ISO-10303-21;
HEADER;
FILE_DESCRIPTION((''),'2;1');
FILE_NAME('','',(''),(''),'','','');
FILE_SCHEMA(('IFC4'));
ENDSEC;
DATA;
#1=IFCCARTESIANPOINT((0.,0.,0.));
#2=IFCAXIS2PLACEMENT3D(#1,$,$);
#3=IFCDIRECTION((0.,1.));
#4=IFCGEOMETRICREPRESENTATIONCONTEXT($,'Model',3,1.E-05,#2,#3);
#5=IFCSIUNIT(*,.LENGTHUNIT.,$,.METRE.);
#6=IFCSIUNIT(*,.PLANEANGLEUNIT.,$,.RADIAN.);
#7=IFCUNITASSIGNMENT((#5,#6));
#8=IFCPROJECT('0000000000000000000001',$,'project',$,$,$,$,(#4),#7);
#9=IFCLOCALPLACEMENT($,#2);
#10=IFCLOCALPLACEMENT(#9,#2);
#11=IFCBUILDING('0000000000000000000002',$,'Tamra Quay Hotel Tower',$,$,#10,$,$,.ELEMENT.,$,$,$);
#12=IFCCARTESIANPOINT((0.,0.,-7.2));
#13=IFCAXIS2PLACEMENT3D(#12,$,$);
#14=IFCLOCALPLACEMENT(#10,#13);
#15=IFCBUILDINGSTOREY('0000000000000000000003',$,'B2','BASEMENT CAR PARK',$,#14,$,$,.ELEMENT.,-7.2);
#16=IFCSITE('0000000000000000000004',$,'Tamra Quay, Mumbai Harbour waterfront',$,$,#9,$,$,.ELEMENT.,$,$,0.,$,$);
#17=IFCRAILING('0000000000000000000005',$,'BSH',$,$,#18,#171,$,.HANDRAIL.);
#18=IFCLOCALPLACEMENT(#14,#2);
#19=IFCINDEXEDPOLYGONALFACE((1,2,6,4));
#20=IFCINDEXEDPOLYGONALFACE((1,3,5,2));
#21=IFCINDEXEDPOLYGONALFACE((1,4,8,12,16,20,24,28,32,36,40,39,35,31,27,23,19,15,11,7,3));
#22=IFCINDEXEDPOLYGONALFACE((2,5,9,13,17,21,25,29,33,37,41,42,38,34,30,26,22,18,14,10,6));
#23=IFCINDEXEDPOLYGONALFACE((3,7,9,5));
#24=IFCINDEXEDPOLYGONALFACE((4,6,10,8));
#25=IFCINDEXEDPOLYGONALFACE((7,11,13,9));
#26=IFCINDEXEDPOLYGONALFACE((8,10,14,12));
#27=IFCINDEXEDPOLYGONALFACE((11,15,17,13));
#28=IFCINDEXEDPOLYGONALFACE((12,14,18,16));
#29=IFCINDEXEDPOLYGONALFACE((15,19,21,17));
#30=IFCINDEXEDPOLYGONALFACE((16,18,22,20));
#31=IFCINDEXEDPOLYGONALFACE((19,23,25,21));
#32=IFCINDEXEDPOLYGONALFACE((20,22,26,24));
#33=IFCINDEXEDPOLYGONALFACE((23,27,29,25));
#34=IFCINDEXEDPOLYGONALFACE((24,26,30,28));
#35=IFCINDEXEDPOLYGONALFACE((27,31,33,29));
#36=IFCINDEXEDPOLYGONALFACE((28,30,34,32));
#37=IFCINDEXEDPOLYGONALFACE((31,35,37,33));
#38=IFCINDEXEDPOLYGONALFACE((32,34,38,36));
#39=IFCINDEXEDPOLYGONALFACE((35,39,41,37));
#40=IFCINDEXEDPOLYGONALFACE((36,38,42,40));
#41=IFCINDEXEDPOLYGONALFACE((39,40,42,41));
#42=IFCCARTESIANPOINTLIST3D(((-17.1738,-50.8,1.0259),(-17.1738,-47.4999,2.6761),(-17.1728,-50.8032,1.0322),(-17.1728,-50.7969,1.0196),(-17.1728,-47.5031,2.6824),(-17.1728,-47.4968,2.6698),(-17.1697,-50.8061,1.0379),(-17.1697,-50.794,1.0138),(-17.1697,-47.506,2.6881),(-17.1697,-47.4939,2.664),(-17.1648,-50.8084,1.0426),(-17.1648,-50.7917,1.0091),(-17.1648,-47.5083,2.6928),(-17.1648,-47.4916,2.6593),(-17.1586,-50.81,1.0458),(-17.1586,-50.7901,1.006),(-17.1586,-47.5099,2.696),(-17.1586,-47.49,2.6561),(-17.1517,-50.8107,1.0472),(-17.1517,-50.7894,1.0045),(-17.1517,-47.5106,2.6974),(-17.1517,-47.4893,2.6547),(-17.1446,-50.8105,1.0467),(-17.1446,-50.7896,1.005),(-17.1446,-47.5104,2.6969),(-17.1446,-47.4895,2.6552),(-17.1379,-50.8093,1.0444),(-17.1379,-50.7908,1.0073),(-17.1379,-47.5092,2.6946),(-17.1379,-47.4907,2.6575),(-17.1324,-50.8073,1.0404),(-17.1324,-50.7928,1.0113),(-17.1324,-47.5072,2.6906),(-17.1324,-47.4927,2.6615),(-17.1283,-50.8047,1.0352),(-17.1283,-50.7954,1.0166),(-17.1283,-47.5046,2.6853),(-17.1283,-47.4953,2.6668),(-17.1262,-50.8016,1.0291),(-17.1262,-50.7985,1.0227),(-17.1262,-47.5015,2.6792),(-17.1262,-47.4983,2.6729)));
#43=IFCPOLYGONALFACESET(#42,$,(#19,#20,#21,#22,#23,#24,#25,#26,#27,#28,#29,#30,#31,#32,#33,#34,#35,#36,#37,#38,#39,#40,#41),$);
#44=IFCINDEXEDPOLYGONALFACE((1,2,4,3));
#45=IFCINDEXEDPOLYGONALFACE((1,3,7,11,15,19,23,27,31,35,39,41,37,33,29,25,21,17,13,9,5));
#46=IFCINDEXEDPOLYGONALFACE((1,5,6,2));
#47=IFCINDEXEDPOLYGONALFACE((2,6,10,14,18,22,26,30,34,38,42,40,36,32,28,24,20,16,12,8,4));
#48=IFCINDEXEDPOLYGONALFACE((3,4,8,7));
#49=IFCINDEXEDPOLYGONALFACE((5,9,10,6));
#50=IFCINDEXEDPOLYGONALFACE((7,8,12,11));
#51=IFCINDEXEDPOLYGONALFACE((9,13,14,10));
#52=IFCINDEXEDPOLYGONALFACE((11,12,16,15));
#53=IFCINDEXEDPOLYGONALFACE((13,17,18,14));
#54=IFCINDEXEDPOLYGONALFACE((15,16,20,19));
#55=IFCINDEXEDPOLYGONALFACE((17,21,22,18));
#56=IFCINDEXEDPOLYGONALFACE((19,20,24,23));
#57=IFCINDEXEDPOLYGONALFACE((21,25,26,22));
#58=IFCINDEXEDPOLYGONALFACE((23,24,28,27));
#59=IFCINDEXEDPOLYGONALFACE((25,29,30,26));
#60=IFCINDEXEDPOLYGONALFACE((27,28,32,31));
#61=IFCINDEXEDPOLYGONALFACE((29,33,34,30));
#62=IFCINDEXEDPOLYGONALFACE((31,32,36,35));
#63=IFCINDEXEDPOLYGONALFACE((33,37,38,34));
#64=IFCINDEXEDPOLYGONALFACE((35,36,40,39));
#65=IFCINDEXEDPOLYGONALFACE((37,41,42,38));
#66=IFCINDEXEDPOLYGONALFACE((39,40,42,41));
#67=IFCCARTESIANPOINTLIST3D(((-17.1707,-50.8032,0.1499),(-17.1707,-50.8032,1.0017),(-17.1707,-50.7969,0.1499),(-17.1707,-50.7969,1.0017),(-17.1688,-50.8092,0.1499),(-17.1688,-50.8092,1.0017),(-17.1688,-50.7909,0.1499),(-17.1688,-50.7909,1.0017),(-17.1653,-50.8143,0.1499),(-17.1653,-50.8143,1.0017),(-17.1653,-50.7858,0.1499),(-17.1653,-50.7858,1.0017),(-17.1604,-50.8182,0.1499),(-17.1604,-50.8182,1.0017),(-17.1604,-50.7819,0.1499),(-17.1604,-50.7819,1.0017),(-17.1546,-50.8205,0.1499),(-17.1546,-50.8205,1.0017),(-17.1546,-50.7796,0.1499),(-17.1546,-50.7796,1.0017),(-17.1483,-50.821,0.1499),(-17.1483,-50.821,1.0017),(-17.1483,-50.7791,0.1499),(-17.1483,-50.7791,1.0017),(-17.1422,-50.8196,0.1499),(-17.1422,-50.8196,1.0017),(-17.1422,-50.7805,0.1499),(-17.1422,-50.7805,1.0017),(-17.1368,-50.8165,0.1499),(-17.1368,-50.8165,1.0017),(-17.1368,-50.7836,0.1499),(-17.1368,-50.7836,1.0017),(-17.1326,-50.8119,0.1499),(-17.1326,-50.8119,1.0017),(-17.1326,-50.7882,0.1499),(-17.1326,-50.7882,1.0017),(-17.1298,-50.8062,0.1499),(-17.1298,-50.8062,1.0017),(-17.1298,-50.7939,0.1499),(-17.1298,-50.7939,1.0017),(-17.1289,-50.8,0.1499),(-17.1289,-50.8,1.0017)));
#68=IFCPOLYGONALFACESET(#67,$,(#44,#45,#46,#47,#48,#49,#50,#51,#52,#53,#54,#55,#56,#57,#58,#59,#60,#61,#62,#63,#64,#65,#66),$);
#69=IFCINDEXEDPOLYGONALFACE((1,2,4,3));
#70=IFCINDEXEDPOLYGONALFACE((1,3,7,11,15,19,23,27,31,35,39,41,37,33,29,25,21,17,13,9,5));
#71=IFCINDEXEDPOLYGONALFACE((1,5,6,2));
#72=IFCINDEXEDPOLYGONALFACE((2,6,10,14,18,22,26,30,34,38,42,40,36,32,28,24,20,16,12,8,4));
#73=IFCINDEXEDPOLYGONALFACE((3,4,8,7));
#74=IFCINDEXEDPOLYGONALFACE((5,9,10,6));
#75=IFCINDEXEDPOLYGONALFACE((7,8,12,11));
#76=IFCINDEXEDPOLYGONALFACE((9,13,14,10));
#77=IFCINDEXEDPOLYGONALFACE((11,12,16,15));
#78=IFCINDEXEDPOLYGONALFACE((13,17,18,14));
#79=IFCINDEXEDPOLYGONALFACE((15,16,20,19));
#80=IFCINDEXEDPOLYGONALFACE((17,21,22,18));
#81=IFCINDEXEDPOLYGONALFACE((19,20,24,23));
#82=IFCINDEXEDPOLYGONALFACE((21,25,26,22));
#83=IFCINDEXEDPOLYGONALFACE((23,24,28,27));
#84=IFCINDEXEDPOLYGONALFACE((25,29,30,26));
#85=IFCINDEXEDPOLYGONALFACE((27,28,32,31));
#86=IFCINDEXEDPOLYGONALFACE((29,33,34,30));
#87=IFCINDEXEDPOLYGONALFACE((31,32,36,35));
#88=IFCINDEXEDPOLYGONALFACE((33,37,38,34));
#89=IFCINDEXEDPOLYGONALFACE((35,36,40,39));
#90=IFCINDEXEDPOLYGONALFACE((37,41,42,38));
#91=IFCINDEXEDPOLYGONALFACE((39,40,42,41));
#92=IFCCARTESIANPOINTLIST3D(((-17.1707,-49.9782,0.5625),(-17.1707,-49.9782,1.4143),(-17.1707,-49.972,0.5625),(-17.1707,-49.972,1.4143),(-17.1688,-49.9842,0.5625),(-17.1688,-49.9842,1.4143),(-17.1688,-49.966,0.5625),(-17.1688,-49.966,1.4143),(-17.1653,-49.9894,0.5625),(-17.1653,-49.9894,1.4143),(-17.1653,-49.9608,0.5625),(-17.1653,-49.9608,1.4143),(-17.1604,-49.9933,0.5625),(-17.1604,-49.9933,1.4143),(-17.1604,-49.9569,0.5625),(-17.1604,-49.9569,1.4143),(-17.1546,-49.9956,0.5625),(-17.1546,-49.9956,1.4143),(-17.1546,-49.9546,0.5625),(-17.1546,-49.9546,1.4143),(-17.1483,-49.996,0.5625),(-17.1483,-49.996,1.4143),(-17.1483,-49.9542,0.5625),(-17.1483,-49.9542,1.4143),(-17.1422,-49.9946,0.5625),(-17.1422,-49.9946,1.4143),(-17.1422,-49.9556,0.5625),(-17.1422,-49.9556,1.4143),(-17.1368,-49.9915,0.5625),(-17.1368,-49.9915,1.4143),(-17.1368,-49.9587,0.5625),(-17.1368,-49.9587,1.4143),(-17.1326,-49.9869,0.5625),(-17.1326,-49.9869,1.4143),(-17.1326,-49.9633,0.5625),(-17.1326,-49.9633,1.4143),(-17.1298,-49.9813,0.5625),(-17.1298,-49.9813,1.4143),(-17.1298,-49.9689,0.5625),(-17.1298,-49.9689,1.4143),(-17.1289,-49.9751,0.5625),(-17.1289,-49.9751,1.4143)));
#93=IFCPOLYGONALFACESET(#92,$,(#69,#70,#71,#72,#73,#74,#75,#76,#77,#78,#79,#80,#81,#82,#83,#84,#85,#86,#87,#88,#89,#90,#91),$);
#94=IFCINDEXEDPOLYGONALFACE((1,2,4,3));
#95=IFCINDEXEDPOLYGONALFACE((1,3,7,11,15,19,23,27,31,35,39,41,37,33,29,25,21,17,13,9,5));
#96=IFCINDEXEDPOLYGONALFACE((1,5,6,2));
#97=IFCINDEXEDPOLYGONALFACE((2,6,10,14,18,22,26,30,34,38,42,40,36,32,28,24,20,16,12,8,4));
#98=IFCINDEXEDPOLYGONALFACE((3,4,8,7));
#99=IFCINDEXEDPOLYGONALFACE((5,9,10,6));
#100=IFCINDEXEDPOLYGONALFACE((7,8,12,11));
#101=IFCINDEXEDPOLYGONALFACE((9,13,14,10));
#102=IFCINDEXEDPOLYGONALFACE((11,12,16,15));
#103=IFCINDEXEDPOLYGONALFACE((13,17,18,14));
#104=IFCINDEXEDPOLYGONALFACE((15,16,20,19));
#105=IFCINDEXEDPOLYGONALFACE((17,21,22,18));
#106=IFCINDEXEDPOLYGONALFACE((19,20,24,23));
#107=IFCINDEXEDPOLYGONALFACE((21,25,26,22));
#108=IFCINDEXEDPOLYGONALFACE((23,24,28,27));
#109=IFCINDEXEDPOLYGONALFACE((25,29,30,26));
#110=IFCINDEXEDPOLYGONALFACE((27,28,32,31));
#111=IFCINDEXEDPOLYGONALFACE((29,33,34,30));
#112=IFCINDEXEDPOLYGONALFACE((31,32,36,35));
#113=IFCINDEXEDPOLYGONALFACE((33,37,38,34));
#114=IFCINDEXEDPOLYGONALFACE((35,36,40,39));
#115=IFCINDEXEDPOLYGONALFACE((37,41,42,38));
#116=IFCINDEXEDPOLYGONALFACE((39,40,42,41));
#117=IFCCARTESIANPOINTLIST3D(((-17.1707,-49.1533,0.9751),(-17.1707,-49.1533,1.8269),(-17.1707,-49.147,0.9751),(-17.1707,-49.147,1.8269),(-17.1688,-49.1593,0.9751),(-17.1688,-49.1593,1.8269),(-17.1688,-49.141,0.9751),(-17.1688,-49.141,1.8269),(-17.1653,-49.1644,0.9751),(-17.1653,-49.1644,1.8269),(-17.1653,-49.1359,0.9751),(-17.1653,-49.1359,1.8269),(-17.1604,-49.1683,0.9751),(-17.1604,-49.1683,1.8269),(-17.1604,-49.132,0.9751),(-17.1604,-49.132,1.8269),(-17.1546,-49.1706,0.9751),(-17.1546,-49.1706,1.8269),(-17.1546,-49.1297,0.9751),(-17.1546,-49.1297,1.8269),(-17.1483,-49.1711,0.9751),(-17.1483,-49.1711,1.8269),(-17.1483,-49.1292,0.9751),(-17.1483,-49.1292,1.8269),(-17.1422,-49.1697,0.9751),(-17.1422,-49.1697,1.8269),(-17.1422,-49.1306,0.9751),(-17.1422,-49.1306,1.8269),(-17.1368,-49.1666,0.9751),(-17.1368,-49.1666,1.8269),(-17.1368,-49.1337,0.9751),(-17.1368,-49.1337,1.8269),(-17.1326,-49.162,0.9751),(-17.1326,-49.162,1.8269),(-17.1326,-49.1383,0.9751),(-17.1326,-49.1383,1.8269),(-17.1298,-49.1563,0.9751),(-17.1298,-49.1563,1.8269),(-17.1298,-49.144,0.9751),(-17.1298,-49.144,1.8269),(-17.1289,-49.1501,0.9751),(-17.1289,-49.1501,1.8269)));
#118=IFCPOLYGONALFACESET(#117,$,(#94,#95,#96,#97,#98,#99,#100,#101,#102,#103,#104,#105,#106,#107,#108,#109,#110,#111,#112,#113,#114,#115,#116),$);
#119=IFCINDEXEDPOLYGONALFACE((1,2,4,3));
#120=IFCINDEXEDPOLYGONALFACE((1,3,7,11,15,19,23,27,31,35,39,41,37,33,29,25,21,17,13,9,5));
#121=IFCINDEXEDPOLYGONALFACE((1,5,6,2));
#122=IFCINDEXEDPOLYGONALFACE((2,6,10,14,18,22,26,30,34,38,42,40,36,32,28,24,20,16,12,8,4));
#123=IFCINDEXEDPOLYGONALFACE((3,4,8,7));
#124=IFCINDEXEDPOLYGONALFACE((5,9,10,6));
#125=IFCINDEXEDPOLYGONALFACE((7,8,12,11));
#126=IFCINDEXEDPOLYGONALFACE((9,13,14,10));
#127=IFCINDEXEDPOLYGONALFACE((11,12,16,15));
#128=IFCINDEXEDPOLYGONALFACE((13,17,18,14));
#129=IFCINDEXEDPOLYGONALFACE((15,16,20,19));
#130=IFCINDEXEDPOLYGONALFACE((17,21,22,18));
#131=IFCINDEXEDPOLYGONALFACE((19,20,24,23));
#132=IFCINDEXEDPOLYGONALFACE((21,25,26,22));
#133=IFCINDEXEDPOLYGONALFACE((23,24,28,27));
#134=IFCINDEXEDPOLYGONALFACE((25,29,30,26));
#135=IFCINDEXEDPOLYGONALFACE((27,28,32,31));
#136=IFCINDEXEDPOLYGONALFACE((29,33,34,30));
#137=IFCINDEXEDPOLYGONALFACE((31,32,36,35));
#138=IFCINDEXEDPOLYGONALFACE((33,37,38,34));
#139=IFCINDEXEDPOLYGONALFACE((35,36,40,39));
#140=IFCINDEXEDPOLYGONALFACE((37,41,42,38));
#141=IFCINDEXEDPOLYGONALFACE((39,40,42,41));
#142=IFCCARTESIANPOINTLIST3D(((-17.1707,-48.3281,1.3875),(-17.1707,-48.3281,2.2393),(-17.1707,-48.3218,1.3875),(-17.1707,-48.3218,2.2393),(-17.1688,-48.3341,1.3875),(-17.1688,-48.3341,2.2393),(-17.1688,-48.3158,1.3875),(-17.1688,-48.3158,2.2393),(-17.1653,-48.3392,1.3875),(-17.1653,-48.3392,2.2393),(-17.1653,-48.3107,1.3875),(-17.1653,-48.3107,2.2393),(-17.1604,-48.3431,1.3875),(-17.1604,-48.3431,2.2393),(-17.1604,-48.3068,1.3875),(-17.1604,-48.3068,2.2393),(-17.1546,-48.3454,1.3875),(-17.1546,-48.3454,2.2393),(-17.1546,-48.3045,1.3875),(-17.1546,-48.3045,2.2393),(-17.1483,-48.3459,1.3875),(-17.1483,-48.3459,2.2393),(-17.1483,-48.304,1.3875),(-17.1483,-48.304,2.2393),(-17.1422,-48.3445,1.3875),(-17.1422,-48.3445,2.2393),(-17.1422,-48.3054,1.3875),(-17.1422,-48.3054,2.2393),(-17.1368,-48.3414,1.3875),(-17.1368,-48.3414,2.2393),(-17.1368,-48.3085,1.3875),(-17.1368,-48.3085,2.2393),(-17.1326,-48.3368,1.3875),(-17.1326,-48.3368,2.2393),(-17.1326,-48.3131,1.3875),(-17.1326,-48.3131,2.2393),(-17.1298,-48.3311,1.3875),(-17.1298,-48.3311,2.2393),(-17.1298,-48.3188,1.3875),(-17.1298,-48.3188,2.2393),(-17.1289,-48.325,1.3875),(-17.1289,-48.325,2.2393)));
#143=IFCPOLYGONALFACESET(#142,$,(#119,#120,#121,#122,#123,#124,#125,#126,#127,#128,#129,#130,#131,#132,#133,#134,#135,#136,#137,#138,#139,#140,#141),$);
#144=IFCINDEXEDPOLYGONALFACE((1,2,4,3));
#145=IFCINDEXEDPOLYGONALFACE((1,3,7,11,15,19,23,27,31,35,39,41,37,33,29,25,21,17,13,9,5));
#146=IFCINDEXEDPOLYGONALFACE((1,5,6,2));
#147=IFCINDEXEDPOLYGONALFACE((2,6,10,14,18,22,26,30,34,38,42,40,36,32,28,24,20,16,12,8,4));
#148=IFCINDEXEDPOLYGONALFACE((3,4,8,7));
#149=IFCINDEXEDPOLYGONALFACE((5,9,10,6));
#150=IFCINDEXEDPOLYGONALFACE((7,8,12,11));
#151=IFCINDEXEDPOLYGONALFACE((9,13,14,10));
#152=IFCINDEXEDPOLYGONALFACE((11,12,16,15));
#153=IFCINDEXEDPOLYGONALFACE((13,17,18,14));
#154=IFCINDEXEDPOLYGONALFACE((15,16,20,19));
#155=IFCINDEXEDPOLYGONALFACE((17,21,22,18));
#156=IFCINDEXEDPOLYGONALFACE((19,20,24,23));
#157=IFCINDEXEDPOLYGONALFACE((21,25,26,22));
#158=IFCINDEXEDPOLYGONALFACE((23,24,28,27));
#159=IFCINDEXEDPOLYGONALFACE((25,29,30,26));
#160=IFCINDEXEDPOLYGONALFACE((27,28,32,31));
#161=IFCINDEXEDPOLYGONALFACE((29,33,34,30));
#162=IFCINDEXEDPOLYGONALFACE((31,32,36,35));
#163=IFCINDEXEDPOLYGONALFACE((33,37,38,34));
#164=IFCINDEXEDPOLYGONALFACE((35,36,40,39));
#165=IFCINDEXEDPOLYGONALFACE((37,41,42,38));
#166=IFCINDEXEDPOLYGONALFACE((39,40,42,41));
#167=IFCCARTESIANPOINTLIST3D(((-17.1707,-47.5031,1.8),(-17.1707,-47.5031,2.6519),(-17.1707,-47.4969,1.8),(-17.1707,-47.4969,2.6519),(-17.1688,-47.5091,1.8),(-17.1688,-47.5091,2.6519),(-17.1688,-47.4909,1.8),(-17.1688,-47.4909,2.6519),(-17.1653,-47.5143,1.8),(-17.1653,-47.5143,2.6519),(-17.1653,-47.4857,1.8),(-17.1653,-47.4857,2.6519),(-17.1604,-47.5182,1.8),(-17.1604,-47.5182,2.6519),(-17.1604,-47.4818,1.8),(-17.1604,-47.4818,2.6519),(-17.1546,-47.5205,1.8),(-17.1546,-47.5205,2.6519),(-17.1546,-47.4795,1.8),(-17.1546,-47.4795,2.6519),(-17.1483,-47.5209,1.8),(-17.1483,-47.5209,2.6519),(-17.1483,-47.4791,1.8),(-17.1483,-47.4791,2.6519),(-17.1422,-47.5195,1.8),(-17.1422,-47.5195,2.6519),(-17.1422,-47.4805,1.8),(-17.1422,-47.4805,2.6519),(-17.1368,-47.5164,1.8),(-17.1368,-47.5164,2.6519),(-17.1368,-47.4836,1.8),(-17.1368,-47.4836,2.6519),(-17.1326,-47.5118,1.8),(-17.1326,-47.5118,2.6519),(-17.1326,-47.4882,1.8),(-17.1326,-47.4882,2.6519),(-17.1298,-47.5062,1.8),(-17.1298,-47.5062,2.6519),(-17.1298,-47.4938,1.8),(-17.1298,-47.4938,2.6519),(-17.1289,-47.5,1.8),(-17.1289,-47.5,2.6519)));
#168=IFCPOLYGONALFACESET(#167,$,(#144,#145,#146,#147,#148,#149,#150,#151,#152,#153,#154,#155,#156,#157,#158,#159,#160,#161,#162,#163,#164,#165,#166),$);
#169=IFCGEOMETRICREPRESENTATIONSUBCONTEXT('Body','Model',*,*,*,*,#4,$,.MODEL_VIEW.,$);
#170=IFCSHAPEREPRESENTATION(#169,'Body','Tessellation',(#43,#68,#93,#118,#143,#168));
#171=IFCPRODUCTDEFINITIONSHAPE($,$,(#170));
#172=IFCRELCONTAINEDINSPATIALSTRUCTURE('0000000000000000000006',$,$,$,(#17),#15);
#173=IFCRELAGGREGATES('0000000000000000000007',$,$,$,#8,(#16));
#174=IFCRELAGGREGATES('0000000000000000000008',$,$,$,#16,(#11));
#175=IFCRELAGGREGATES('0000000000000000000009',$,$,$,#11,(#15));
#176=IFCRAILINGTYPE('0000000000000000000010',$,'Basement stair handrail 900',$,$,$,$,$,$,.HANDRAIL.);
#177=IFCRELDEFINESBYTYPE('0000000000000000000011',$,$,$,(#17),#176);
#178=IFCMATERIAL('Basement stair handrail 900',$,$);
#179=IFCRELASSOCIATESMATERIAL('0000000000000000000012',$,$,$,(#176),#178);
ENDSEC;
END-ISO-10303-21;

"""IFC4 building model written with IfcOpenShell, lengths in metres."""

from ifc_helpers import new_model, si_unit, direction, frame, origin, origin_2d, place, context, subcontext, project, spatial, circle, extrude, material, type_object, element, save


model = new_model("IFC4")

# Units and contexts
model_context = context("Model", 3, precision=1e-05, world=origin(), true_north=direction((0.0, 1.0)))
body_context = subcontext(model_context, "Body", "Model", "MODEL_VIEW")
ifc_project = project(units=[si_unit("LENGTHUNIT", "METRE"), si_unit("PLANEANGLEUNIT", "RADIAN")], contexts=[model_context])

# Site, building, storey
site_placement = place(None, origin())
site = spatial("IfcSite", under=ifc_project, at=site_placement, Name="Tamra Quay, Mumbai Harbour waterfront", CompositionType="ELEMENT", RefElevation=0.0)
building_placement = place(site_placement, origin())
building = spatial("IfcBuilding", under=site, at=building_placement, Name="Tamra Quay Hotel Tower", CompositionType="ELEMENT")
storey_placement = place(building_placement, frame((0.0, 0.0, -7.2)))
storey = spatial("IfcBuildingStorey", under=building, at=storey_placement, Name="B2", Description="BASEMENT CAR PARK", CompositionType="ELEMENT", Elevation=-7.2)

# Railing
ifc_material_1 = material(Name="Basement stair handrail 900")
railing_type_1 = type_object("IfcRailingType", Name="Basement stair handrail 900", PredefinedType="HANDRAIL", material=ifc_material_1)
railing_1_placement = place(storey_placement, frame((-17.1499, -50.8, 0.1499)))
element("IfcRailing", 1, at=railing_1_placement, inside=storey, type_object=railing_type_1, Name="BSH", PredefinedType="HANDRAIL", context=body_context, shape_type="SweptSolid", body=[
    extrude(circle(Radius=0.0239, at=origin_2d()), frame((0.0, 0.0, 0.876), z_axis=(0.0, 0.894414, 0.44724), x_axis=(-1.0, 0.0, 0.0)), (0.0, 0.0, 1.0), 3.6897),
    extrude(circle(Radius=0.021, at=origin_2d()), origin(), (0.0, 0.0, 1.0), 0.8518),
    extrude(circle(Radius=0.021, at=origin_2d()), frame((0.0, 0.825, 0.4126)), (0.0, 0.0, 1.0), 0.8518),
    extrude(circle(Radius=0.021, at=origin_2d()), frame((0.0, 1.6499, 0.8252)), (0.0, 0.0, 1.0), 0.8518),
    extrude(circle(Radius=0.021, at=origin_2d()), frame((0.0, 2.4751, 1.2375)), (0.0, 0.0, 1.0), 0.8518),
    extrude(circle(Radius=0.021, at=origin_2d()), frame((0.0, 3.3, 1.6501)), (0.0, 0.0, 1.0), 0.8518),
])

save(model, "model.ifc")
